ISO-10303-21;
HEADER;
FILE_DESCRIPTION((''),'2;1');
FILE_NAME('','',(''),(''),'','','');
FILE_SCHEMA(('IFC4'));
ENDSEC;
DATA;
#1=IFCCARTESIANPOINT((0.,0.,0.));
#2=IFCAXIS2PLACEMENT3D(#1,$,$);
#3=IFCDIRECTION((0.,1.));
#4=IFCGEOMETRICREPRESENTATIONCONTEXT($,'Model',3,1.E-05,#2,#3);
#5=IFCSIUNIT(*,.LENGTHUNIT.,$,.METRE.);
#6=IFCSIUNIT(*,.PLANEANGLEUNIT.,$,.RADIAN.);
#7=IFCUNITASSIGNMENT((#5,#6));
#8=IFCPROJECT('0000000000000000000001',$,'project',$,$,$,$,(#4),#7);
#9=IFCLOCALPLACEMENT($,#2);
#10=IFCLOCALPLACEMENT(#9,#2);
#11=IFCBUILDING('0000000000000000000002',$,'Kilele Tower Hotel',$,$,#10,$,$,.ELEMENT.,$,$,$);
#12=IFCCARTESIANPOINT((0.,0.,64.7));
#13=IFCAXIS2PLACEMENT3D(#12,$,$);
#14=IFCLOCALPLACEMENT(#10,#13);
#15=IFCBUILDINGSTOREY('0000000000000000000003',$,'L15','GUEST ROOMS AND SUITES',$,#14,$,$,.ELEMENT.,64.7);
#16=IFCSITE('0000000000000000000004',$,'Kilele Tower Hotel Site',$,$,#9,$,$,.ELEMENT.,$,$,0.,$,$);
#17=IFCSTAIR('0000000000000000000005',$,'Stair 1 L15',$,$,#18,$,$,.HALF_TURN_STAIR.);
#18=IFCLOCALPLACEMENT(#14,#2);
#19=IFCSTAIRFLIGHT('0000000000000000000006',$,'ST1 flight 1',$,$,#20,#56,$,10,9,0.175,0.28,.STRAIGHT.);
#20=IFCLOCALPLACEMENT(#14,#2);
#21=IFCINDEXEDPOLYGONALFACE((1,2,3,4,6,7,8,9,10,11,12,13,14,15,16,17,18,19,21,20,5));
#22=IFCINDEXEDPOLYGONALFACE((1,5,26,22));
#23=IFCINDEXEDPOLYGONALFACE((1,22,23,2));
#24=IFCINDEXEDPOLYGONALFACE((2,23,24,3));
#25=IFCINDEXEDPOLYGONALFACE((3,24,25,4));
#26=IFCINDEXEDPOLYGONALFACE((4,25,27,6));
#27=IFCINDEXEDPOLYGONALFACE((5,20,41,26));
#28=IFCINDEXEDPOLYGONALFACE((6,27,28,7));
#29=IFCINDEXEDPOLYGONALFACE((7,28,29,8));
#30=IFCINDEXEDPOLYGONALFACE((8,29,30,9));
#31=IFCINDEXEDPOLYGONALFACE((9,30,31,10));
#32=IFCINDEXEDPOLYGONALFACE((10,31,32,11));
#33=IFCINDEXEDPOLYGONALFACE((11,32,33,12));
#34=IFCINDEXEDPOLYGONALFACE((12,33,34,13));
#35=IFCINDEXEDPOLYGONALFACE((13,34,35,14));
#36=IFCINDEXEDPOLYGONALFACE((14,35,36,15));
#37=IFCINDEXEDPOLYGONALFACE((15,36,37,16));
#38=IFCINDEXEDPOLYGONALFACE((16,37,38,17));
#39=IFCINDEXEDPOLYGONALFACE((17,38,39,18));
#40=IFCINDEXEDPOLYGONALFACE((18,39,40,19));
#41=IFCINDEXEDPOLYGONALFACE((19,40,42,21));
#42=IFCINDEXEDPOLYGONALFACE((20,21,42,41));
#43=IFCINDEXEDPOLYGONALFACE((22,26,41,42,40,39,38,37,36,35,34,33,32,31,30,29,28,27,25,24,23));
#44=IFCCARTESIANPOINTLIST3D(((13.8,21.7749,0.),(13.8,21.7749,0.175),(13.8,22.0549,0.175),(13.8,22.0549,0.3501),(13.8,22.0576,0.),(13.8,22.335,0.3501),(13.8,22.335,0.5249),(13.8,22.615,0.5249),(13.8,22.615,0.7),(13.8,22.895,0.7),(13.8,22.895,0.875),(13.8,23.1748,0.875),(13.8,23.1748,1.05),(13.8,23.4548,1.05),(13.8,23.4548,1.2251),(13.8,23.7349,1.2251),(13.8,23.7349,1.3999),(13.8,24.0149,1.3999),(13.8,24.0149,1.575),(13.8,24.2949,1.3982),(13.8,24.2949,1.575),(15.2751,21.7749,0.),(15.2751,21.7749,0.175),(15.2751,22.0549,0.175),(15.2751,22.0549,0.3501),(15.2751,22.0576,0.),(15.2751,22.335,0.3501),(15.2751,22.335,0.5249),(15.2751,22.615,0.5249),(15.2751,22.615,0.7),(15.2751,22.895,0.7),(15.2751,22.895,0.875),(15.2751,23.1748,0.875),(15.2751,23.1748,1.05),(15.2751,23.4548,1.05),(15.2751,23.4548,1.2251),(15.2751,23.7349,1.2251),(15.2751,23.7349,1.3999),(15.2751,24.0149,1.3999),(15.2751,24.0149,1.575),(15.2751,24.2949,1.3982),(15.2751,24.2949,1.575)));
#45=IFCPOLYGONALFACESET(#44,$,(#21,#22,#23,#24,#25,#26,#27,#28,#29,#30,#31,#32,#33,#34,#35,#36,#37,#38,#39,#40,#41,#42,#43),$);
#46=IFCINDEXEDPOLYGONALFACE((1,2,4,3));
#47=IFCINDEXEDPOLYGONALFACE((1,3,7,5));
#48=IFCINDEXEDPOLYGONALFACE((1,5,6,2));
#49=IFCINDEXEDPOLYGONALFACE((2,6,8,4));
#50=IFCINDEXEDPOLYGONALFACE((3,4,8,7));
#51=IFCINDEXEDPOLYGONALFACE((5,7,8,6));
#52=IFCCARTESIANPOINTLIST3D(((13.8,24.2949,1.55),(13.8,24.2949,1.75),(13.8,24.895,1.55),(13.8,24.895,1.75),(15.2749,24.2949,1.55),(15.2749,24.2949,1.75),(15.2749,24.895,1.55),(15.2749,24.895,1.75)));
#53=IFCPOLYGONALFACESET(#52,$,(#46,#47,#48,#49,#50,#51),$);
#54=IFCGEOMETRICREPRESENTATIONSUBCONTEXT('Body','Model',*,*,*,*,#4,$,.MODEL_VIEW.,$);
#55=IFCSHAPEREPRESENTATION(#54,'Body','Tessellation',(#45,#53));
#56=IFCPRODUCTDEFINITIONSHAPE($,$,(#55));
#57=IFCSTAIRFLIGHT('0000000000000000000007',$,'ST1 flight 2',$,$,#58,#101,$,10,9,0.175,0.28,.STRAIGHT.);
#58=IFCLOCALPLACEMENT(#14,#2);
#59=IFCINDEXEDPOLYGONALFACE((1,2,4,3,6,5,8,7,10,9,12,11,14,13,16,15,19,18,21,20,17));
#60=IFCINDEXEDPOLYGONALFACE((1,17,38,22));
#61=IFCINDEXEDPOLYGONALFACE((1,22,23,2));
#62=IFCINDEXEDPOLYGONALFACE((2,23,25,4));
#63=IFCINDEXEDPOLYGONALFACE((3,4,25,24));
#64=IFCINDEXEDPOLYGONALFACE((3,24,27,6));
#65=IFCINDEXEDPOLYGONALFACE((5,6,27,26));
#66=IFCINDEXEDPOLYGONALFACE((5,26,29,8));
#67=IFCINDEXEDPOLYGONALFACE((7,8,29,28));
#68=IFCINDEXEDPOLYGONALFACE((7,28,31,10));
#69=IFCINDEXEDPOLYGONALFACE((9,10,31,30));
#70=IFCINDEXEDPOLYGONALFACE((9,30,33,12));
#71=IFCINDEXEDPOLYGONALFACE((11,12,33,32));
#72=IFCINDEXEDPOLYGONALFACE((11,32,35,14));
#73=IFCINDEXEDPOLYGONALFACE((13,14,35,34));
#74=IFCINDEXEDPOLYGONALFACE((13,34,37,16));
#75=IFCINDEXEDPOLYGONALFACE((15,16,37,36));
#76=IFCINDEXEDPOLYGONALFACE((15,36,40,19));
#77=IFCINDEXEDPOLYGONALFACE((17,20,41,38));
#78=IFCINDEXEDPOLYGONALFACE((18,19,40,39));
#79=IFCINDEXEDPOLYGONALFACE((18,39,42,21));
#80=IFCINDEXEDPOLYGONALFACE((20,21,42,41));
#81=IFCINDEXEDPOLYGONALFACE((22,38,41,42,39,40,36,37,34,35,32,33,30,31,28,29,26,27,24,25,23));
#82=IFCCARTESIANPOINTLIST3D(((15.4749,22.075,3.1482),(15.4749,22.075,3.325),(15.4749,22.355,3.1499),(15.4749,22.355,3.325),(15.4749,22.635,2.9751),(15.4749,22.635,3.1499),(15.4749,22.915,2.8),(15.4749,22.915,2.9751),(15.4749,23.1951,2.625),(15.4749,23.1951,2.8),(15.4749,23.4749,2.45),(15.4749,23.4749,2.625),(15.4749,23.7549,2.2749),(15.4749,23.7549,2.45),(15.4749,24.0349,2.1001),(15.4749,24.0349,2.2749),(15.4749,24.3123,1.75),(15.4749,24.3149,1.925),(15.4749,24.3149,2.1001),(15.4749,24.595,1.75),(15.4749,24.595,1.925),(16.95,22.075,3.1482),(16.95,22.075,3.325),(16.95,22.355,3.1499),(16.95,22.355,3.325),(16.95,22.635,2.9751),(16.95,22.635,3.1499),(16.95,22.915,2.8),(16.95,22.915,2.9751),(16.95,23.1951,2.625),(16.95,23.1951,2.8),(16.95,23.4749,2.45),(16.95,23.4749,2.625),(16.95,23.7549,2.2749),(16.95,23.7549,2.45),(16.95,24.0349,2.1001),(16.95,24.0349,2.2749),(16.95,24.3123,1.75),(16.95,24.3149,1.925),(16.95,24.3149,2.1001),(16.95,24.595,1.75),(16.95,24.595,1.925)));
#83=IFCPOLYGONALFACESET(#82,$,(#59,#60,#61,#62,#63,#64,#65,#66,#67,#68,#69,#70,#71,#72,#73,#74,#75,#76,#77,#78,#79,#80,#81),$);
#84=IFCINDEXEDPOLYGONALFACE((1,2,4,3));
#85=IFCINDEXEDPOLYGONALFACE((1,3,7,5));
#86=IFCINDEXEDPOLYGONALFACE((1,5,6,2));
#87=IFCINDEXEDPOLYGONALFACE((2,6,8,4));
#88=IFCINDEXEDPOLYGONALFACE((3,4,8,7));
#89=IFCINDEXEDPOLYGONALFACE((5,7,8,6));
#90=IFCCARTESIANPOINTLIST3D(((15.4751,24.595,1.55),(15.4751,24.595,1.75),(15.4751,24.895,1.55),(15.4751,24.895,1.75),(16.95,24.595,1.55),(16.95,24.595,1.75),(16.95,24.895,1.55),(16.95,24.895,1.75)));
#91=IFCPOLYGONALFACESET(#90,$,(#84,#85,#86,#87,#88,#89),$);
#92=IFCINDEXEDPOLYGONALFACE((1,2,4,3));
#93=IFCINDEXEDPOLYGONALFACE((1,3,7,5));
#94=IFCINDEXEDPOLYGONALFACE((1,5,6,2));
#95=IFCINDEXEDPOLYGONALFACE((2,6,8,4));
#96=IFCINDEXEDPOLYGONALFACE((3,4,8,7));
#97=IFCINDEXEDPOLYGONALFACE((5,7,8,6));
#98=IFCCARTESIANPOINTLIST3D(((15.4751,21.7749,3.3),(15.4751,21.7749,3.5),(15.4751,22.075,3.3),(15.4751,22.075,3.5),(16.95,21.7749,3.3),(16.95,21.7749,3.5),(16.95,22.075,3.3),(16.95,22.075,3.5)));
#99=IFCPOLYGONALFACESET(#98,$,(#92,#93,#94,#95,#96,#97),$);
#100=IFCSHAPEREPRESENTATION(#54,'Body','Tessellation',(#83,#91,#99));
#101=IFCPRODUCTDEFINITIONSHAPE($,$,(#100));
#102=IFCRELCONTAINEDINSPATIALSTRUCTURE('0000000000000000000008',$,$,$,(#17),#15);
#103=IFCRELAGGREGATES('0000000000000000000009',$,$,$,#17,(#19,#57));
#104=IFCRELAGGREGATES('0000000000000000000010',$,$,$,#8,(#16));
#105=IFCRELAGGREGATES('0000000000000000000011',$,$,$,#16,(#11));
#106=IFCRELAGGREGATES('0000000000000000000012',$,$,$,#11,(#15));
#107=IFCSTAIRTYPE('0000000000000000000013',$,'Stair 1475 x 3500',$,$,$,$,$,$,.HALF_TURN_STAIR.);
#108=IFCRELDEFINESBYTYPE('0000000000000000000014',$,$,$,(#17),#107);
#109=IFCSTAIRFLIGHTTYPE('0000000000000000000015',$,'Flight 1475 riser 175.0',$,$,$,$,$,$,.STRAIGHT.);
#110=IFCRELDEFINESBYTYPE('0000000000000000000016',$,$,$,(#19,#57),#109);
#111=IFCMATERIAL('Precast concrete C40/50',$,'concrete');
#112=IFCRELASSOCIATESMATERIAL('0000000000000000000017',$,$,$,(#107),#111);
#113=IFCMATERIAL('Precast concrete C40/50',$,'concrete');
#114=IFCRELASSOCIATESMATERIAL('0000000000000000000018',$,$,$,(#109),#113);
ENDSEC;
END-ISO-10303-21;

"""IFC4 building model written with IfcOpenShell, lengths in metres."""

from ifc_helpers import new_model, si_unit, direction, frame, origin, place, context, subcontext, project, spatial, polyline, outline, extrude, material, type_object, element, aggregate, save


model = new_model("IFC4")

# Units and contexts
model_context = context("Model", 3, precision=1e-05, world=origin(), true_north=direction((0.0, 1.0)))
body_context = subcontext(model_context, "Body", "Model", "MODEL_VIEW")
ifc_project = project(units=[si_unit("LENGTHUNIT", "METRE"), si_unit("PLANEANGLEUNIT", "RADIAN")], contexts=[model_context])

# Site, building, storey
site_placement = place(None, origin())
site = spatial("IfcSite", under=ifc_project, at=site_placement, Name="Kilele Tower Hotel Site", CompositionType="ELEMENT", RefElevation=0.0)
building_placement = place(site_placement, origin())
building = spatial("IfcBuilding", under=site, at=building_placement, Name="Kilele Tower Hotel", CompositionType="ELEMENT")
storey_placement = place(building_placement, frame((0.0, 0.0, 64.7)))
storey = spatial("IfcBuildingStorey", under=building, at=storey_placement, Name="L15", Description="GUEST ROOMS AND SUITES", CompositionType="ELEMENT", Elevation=64.7)

# Stair, stair flights
ifc_material_1 = material(Name="Precast concrete C40/50", Category="concrete")
stair_type = type_object("IfcStairType", Name="Stair 1475 x 3500", PredefinedType="HALF_TURN_STAIR", material=ifc_material_1)
stair_placement = place(storey_placement, origin())
stair = element("IfcStair", 1, at=stair_placement, inside=storey, type_object=stair_type, Name="Stair 1 L15", PredefinedType="HALF_TURN_STAIR")
ifc_material_2 = material(Name="Precast concrete C40/50", Category="concrete")
stair_flight_type = type_object("IfcStairFlightType", Name="Flight 1475 riser 175.0", PredefinedType="STRAIGHT", material=ifc_material_2)
stair_flight_1_placement = place(storey_placement, frame((14.5376, 21.7749, 0.0), z_axis=(0.0, 0.0, 1.0), x_axis=(0.0, 1.0, 0.0)))
stair_flight_1 = element("IfcStairFlight", 2, at=stair_flight_1_placement, type_object=stair_flight_type, Name="ST1 flight 1", NumberOfRisers=10, NumberOfTreads=9, PredefinedType="STRAIGHT", RiserHeight=0.175, TreadLength=0.28, context=body_context, shape_type="SweptSolid", body=[
    extrude(outline(polyline([(0.0, 0.0), (0.0, 0.175), (0.28, 0.175), (0.28, 0.3501), (0.5601, 0.3501), (0.5601, 0.5249), (0.8401, 0.5249), (0.8401, 0.7), (1.1201, 0.7), (1.1201, 0.875), (1.3999, 0.875), (1.3999, 1.05), (1.6799, 1.05), (1.6799, 1.2251), (1.96, 1.2251), (1.96, 1.3999), (2.24, 1.3999), (2.24, 1.575), (2.52, 1.575), (2.52, 1.75), (2.52, 1.3982), (0.2827, 0.0), (0.0, 0.0)])), frame((0.0, 0.7375, 0.0), z_axis=(0.0, -1.0, 0.0), x_axis=(1.0, 0.0, 0.0)), (0.0, 0.0, 1.0), 1.4751),
    extrude(outline(polyline([(2.52, 0.7375), (2.52, -0.7373), (3.1201, -0.7373), (3.1201, 0.7375), (2.52, 0.7375)])), frame((0.0, 0.0, 1.55)), (0.0, 0.0, 1.0), 0.2),
])
stair_flight_2_placement = place(storey_placement, frame((16.2124, 24.595, 1.75), z_axis=(0.0, 0.0, 1.0), x_axis=(0.0, -1.0, 0.0)))
stair_flight_2 = element("IfcStairFlight", 3, at=stair_flight_2_placement, type_object=stair_flight_type, Name="ST1 flight 2", NumberOfRisers=10, NumberOfTreads=9, PredefinedType="STRAIGHT", RiserHeight=0.175, TreadLength=0.28, context=body_context, shape_type="SweptSolid", body=[
    extrude(outline(polyline([(0.0, 0.0), (0.0, 0.175), (0.28, 0.175), (0.28, 0.3501), (0.5601, 0.3501), (0.5601, 0.5249), (0.8401, 0.5249), (0.8401, 0.7), (1.1201, 0.7), (1.1201, 0.875), (1.3999, 0.875), (1.3999, 1.05), (1.6799, 1.05), (1.6799, 1.2251), (1.96, 1.2251), (1.96, 1.3999), (2.24, 1.3999), (2.24, 1.575), (2.52, 1.575), (2.52, 1.75), (2.52, 1.3982), (0.2827, 0.0), (0.0, 0.0)])), frame((0.0, 0.7375, 0.0), z_axis=(0.0, -1.0, 0.0), x_axis=(1.0, 0.0, 0.0)), (0.0, 0.0, 1.0), 1.4751),
    extrude(outline(polyline([(0.0, -0.7373), (0.0, 0.7375), (-0.3, 0.7375), (-0.3, -0.7373), (0.0, -0.7373)])), frame((0.0, 0.0, -0.2)), (0.0, 0.0, 1.0), 0.2),
    extrude(outline(polyline([(2.8201, -0.7373), (2.8201, 0.7375), (2.52, 0.7375), (2.52, -0.7373), (2.8201, -0.7373)])), frame((0.0, 0.0, 1.55)), (0.0, 0.0, 1.0), 0.2),
])
aggregate(stair, [stair_flight_1, stair_flight_2])

save(model, "model.ifc")
